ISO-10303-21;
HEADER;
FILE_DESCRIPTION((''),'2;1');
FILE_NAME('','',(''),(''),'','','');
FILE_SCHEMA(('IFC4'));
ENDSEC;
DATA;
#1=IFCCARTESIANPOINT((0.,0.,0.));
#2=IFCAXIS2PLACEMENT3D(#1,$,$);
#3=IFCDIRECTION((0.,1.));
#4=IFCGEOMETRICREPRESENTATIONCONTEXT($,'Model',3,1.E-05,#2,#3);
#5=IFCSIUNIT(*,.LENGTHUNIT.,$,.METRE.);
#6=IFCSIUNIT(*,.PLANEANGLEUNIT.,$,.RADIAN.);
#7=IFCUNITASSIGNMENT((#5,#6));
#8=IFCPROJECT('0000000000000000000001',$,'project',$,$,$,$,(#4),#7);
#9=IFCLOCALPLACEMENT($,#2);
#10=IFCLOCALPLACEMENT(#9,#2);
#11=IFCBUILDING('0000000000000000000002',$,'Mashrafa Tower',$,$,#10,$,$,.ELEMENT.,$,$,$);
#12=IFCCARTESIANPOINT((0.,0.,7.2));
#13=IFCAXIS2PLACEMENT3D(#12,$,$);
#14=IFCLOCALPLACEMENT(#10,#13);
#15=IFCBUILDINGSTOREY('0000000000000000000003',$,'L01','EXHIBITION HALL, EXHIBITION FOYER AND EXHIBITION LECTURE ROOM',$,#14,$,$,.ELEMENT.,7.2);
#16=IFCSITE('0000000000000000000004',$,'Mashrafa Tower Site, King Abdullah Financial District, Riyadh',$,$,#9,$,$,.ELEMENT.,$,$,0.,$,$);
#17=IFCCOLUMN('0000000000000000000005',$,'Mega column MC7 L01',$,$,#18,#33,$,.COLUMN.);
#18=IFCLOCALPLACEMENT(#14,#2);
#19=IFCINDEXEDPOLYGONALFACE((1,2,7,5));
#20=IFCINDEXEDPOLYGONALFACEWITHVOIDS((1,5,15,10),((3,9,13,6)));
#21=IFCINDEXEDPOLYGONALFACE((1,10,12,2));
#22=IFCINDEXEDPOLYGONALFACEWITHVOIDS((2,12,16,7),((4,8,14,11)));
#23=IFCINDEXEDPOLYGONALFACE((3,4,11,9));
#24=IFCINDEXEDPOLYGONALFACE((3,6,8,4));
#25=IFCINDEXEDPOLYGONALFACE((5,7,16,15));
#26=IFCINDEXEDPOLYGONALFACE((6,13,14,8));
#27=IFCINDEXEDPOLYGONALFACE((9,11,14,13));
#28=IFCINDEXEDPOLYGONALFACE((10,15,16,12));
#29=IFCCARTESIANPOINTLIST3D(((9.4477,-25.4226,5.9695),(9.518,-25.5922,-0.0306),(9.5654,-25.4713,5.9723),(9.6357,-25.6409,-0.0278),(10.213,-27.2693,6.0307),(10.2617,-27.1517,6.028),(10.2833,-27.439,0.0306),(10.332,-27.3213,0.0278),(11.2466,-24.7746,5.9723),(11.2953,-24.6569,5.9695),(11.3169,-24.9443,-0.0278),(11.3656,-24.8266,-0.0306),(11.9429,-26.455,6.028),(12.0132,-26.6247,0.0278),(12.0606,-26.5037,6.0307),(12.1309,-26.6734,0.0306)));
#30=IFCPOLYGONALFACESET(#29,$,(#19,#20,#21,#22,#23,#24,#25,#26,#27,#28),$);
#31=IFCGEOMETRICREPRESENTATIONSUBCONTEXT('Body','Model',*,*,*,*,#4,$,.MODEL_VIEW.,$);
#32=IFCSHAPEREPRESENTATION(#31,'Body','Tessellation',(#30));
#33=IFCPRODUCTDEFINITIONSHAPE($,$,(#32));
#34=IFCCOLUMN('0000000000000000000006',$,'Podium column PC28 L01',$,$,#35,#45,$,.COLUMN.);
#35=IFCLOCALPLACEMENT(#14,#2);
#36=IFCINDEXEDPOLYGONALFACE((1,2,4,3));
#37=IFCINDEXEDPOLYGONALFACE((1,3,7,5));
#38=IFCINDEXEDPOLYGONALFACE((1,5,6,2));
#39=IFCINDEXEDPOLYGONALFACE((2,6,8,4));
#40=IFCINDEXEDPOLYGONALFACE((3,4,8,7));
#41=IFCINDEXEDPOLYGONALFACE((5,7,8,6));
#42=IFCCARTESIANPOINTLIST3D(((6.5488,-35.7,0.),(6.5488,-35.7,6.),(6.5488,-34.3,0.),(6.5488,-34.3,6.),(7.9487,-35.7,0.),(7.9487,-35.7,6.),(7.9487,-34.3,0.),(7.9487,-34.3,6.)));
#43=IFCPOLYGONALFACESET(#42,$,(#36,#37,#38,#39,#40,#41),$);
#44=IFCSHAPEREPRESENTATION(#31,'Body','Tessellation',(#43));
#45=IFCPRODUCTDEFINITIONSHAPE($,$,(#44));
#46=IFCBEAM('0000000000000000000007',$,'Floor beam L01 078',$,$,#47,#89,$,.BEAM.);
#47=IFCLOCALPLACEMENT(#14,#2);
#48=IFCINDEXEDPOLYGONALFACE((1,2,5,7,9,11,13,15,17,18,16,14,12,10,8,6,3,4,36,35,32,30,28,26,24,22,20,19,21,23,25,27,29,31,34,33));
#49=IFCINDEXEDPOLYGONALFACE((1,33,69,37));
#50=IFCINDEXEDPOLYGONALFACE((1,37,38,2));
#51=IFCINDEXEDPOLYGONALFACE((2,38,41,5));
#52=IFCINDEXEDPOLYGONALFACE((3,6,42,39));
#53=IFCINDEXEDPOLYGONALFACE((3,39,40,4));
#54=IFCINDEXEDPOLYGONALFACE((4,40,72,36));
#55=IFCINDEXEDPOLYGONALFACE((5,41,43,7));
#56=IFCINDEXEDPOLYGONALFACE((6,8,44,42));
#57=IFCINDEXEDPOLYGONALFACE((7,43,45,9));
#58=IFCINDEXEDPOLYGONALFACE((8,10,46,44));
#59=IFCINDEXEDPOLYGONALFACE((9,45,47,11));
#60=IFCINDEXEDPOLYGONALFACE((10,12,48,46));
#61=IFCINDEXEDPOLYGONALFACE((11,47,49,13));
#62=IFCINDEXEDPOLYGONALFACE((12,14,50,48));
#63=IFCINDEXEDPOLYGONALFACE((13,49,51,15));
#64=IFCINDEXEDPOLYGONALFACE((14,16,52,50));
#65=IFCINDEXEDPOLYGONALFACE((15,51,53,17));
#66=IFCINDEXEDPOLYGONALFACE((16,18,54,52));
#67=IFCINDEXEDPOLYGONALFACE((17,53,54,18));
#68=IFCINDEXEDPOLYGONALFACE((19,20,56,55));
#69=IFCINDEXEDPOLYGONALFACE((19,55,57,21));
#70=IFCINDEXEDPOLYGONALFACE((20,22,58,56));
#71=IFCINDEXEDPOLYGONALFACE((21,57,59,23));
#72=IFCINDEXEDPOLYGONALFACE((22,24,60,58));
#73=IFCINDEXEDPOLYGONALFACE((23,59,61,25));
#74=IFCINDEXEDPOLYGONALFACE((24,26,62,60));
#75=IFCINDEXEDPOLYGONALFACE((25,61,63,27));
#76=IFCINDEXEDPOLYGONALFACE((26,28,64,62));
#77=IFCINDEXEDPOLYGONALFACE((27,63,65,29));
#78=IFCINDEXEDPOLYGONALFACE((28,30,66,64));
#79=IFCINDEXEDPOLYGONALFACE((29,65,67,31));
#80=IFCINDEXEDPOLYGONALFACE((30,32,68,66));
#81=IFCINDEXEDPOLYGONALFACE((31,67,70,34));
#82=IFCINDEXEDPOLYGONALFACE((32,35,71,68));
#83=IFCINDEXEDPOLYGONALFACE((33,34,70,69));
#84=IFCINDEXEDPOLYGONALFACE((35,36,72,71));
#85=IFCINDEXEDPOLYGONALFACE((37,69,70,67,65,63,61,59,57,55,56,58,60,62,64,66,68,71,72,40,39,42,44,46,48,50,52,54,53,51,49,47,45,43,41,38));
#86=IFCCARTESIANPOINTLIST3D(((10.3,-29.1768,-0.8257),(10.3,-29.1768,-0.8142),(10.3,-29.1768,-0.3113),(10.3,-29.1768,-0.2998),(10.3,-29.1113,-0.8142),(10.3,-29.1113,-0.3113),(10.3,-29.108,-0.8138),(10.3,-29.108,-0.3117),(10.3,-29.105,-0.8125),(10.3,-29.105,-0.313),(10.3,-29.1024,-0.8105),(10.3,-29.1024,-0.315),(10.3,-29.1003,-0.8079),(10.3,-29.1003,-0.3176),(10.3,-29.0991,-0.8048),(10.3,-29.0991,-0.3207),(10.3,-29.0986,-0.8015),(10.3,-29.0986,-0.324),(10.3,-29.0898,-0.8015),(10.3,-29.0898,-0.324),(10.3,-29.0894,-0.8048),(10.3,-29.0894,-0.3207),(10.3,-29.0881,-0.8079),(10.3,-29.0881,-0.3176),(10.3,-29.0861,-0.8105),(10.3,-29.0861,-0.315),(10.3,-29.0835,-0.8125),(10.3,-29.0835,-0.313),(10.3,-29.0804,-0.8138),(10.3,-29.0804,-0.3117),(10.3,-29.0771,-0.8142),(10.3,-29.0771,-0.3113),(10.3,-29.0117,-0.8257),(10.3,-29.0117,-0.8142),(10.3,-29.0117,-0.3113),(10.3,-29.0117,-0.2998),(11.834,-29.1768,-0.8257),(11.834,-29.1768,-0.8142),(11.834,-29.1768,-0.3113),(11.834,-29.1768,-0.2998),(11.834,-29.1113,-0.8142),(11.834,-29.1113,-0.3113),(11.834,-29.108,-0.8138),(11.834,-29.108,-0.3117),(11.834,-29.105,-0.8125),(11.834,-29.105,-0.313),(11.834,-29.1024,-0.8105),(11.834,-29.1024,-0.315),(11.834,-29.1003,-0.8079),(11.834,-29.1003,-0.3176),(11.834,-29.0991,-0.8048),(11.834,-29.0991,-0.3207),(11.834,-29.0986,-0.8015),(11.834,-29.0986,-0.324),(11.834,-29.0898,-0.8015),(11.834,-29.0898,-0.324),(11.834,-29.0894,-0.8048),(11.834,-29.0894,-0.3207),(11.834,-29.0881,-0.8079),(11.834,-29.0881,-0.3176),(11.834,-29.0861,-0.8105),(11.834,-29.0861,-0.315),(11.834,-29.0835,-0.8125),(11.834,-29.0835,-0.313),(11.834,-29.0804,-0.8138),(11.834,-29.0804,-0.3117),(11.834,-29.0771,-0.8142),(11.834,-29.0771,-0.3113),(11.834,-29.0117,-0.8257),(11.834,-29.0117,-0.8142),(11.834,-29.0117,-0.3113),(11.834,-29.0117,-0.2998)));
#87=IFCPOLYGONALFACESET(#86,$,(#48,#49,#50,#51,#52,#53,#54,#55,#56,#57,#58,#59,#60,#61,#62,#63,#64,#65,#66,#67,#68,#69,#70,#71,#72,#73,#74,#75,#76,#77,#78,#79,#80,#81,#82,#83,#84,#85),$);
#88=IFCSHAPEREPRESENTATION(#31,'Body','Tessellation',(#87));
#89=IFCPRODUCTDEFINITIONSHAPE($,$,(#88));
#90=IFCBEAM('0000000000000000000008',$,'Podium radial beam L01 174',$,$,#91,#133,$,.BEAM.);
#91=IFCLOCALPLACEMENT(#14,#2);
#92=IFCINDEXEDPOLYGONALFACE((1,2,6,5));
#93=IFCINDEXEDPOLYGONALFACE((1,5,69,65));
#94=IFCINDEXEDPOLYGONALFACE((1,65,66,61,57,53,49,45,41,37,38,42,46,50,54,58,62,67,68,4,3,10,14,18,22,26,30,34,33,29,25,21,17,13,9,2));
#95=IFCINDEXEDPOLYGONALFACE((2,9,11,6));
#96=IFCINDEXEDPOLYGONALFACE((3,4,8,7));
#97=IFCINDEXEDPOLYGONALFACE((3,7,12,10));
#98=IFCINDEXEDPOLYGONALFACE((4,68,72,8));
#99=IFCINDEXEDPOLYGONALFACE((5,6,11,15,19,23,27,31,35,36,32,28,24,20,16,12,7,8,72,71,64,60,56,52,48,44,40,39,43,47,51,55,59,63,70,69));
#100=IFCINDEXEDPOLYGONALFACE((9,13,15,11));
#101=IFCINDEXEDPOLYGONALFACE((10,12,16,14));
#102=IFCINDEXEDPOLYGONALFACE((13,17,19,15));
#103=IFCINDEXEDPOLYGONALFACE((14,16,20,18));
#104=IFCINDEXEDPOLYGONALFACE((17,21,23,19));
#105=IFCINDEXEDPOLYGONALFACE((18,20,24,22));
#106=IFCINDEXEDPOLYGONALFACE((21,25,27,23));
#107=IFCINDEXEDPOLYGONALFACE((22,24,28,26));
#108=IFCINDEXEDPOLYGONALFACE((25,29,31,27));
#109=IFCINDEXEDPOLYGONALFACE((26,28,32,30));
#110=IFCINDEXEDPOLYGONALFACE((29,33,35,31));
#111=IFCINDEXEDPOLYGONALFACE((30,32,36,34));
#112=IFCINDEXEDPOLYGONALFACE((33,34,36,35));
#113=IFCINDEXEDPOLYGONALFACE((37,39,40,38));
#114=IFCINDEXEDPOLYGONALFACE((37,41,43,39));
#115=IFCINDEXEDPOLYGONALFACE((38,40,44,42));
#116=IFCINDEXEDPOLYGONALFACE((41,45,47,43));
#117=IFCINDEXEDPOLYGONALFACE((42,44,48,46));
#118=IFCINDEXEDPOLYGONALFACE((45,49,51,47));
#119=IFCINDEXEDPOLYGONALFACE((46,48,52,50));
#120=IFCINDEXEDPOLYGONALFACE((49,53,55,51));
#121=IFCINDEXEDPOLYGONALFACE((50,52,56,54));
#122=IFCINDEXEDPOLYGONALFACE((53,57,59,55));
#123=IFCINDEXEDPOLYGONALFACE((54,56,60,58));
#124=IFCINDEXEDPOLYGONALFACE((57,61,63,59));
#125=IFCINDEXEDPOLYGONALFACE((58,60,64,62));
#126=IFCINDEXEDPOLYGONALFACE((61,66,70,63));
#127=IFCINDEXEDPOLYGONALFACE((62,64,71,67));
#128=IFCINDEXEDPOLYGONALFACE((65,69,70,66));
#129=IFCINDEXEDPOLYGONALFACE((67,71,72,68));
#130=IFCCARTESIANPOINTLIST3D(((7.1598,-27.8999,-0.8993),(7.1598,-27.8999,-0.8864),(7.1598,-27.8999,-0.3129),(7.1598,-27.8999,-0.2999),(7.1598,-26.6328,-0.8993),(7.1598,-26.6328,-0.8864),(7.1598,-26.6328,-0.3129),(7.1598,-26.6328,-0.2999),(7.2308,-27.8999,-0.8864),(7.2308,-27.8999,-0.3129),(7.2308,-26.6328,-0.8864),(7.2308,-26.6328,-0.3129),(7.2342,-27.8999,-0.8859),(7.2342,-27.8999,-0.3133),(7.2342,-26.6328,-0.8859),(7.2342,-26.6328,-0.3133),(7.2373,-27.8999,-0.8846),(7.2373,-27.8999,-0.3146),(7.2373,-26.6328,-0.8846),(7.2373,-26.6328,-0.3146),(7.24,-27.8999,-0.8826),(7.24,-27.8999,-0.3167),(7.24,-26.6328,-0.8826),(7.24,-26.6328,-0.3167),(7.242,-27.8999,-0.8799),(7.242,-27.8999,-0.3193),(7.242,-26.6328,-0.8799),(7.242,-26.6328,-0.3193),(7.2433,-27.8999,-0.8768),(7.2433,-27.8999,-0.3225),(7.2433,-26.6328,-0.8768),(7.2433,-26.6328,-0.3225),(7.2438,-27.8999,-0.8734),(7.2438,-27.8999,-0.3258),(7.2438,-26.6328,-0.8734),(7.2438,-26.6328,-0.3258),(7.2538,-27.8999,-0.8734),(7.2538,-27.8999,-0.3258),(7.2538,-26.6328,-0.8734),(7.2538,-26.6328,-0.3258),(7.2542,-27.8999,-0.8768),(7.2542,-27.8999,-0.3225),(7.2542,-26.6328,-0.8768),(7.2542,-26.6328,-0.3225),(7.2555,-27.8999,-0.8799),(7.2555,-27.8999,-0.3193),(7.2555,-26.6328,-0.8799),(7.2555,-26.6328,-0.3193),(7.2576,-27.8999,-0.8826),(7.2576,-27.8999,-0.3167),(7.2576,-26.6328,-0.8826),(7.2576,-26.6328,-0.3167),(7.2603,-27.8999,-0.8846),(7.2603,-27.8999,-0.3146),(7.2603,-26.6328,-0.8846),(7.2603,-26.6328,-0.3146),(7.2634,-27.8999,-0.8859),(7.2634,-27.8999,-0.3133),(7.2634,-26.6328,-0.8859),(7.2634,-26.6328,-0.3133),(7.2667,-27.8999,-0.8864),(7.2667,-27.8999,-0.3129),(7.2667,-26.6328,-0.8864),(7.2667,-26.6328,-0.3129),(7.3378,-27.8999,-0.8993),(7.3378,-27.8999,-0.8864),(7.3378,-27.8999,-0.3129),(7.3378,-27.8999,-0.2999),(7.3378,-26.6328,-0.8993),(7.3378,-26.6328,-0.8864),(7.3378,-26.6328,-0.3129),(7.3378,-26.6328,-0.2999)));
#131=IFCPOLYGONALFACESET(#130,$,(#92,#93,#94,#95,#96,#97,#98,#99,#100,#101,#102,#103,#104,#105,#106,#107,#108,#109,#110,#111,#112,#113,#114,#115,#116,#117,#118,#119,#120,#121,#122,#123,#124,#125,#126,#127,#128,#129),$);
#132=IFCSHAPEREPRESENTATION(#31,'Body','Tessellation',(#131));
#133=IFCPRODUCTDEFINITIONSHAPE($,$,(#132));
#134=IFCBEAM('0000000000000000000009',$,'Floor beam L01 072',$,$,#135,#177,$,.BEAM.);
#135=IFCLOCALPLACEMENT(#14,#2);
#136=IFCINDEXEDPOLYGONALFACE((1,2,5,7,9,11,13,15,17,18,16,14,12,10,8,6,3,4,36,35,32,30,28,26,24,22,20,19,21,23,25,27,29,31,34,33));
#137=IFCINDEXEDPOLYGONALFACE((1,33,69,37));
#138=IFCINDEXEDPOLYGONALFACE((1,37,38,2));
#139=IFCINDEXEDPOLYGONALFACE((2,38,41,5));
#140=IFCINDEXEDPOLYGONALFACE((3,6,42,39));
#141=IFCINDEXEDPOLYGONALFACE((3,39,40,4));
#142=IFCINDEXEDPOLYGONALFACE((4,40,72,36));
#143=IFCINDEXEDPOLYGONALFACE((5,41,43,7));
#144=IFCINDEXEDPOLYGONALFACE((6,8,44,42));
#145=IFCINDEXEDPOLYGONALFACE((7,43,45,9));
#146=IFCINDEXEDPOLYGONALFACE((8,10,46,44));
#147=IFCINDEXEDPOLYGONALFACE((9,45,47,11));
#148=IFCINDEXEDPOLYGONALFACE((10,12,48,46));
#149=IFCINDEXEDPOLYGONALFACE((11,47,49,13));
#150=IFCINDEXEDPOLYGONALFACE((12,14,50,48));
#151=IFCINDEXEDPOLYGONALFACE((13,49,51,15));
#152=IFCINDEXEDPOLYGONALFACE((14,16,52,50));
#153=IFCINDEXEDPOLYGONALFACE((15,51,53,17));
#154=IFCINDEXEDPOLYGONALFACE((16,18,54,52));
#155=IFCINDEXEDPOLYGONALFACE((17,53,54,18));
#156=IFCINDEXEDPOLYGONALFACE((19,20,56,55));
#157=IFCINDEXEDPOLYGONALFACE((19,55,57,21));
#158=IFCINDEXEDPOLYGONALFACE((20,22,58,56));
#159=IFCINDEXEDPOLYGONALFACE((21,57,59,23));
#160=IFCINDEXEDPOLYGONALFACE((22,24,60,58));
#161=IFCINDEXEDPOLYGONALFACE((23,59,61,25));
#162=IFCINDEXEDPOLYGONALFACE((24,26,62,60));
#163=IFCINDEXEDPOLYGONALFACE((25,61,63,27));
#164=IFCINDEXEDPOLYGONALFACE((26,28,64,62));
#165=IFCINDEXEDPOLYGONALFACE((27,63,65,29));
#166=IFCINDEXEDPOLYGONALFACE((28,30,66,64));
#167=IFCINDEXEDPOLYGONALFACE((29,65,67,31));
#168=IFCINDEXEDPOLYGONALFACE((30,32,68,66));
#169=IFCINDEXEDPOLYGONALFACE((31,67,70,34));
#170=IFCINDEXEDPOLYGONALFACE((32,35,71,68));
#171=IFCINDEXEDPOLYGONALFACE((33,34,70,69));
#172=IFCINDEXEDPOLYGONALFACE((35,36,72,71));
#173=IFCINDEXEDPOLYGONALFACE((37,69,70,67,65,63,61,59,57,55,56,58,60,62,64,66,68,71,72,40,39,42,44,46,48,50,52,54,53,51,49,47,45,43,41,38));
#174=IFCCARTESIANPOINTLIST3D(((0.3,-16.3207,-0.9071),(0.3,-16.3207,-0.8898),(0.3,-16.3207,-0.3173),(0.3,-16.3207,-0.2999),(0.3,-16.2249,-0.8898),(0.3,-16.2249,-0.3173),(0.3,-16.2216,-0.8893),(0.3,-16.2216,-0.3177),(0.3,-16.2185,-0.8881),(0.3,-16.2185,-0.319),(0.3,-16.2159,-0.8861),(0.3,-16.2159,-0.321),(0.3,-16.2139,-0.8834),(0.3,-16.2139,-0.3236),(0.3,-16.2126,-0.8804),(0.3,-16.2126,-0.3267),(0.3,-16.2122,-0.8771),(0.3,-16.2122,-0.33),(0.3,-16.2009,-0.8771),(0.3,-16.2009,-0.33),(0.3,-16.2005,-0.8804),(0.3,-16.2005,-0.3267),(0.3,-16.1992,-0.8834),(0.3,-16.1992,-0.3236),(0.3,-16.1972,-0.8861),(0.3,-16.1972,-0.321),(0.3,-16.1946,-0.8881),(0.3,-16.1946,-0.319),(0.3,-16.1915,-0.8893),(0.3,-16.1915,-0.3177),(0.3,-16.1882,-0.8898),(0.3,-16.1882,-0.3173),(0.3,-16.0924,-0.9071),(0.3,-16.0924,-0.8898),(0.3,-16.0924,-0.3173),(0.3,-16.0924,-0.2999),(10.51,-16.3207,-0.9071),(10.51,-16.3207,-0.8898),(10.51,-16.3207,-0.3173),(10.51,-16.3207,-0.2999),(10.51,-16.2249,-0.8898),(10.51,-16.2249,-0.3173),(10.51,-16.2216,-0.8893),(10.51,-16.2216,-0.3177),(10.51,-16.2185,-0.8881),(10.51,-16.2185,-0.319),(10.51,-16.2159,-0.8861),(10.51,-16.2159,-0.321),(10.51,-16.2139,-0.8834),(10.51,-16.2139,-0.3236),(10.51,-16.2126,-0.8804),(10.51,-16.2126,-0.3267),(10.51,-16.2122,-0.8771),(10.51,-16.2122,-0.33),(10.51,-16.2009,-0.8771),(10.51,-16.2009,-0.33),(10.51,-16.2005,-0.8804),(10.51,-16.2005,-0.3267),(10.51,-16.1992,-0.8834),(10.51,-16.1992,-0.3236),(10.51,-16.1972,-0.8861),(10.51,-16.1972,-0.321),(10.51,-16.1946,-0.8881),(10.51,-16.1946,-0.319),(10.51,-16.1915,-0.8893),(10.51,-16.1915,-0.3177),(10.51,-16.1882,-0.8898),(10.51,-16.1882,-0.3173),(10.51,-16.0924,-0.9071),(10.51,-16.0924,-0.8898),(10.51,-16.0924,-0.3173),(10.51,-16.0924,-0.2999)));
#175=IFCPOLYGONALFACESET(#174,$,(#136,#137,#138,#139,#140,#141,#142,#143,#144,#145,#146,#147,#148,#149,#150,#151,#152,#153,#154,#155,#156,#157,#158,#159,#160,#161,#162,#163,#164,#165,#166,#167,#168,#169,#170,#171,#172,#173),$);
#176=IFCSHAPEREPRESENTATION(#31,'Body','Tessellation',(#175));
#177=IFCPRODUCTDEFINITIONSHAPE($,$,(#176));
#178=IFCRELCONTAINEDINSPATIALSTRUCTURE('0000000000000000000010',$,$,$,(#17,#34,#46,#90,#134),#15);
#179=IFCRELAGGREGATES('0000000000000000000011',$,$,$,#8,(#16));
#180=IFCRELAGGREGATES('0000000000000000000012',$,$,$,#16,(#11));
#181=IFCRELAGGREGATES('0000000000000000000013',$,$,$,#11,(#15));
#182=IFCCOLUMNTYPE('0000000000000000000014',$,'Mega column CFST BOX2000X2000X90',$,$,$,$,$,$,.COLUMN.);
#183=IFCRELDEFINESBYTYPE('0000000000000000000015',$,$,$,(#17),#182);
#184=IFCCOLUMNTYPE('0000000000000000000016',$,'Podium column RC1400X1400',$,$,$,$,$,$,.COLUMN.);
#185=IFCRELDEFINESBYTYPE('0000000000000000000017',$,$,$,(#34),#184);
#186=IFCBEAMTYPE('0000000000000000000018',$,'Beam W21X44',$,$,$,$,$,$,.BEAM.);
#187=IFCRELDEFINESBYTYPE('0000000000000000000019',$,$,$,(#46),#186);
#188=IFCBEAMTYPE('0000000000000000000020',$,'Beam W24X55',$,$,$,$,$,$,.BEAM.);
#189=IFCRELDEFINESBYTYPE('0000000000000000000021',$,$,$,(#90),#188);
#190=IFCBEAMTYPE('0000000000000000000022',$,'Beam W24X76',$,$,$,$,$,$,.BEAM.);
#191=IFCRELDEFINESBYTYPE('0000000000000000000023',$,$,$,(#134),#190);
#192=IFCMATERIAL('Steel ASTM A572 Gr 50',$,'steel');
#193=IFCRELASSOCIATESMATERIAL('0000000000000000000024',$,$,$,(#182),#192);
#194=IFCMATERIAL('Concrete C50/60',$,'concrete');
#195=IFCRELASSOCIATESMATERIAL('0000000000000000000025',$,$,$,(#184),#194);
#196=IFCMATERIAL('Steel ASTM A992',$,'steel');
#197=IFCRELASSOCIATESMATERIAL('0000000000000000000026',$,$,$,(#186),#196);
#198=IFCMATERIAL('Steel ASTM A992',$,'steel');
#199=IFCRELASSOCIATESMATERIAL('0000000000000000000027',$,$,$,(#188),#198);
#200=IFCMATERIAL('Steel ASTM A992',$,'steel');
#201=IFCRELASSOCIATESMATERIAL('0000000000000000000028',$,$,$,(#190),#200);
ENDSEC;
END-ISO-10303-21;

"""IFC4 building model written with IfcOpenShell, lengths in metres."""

from ifc_helpers import new_model, si_unit, direction, frame, origin, origin_2d, place, context, subcontext, project, spatial, rectangle, hollow_rectangle, i_section, extrude, material, material_profile, profile_set, type_object, element, save


model = new_model("IFC4")

# Units and contexts
model_context = context("Model", 3, precision=1e-05, world=origin(), true_north=direction((0.0, 1.0)))
body_context = subcontext(model_context, "Body", "Model", "MODEL_VIEW")
ifc_project = project(units=[si_unit("LENGTHUNIT", "METRE"), si_unit("PLANEANGLEUNIT", "RADIAN")], contexts=[model_context])

# Site, building, storey
site_placement = place(None, origin())
site = spatial("IfcSite", under=ifc_project, at=site_placement, Name="Mashrafa Tower Site, King Abdullah Financial District, Riyadh", CompositionType="ELEMENT", RefElevation=0.0)
building_placement = place(site_placement, origin())
building = spatial("IfcBuilding", under=site, at=building_placement, Name="Mashrafa Tower", CompositionType="ELEMENT")
storey_placement = place(building_placement, frame((0.0, 0.0, 7.2)))
storey = spatial("IfcBuildingStorey", under=building, at=storey_placement, Name="L01", Description="EXHIBITION HALL, EXHIBITION FOYER AND EXHIBITION LECTURE ROOM", CompositionType="ELEMENT", Elevation=7.2)

# Columns
ifc_material_1 = material(Name="Steel ASTM A572 Gr 50", Category="steel")
ifc_material_profile_1 = material_profile(ifc_material_1, hollow_rectangle(XDim=2.0, YDim=2.0, WallThickness=0.0901, at=origin_2d()), Name="BOX2000X2000X90")
ifc_profile_set_1 = profile_set([ifc_material_profile_1], Name="Steel ASTM A572 Gr 50")
column_type_1 = type_object("IfcColumnType", Name="Mega column CFST BOX2000X2000X90", PredefinedType="COLUMN", material=ifc_profile_set_1)
column_1_placement = place(storey_placement, frame((10.8245, -26.1328, 0.0), z_axis=(-0.011713, 0.028266, 0.999532), x_axis=(-0.923822, -0.382821, 0.0)))
element("IfcColumn", 1, at=column_1_placement, inside=storey, type_object=column_type_1, Name="Mega column MC7 L01", PredefinedType="COLUMN", context=body_context, shape_type="SweptSolid", body=[
    extrude(hollow_rectangle(XDim=2.0, YDim=2.0, WallThickness=0.0901, at=origin_2d()), origin(), (0.0, 0.0, 1.0), 6.0029),
])
ifc_material_2 = material(Name="Concrete C50/60", Category="concrete")
ifc_material_profile_2 = material_profile(ifc_material_2, rectangle(XDim=1.3999, YDim=1.3999, at=origin_2d()), Name="RC1400X1400")
ifc_profile_set_2 = profile_set([ifc_material_profile_2], Name="Concrete C50/60")
column_type_2 = type_object("IfcColumnType", Name="Podium column RC1400X1400", PredefinedType="COLUMN", material=ifc_profile_set_2)
column_2_placement = place(storey_placement, frame((7.2488, -35.0, 0.0), z_axis=(0.0, 0.0, 1.0), x_axis=(1.0, 0.0, 0.0)))
element("IfcColumn", 2, at=column_2_placement, inside=storey, type_object=column_type_2, Name="Podium column PC28 L01", PredefinedType="COLUMN", context=body_context, shape_type="SweptSolid", body=[
    extrude(rectangle(XDim=1.3999, YDim=1.3999, at=origin_2d()), origin(), (0.0, 0.0, 1.0), 6.0),
])

# Beams
ifc_material_3 = material(Name="Steel ASTM A992", Category="steel")
ifc_material_profile_3 = material_profile(ifc_material_3, i_section(OverallWidth=0.165, OverallDepth=0.5259, WebThickness=0.0088, FlangeThickness=0.0115, FilletRadius=0.0127, at=origin_2d()), Name="W21X44")
ifc_profile_set_3 = profile_set([ifc_material_profile_3], Name="Steel ASTM A992")
beam_type_1 = type_object("IfcBeamType", Name="Beam W21X44", PredefinedType="BEAM", material=ifc_profile_set_3)
beam_1_placement = place(storey_placement, frame((11.834, -29.0942, -0.5627), z_axis=(-1.0, 0.0, 0.0), x_axis=(0.0, -1.0, 0.0)))
element("IfcBeam", 3, at=beam_1_placement, inside=storey, type_object=beam_type_1, Name="Floor beam L01 078", PredefinedType="BEAM", context=body_context, shape_type="SweptSolid", body=[
    extrude(i_section(OverallWidth=0.165, OverallDepth=0.5259, WebThickness=0.0088, FlangeThickness=0.0115, FilletRadius=0.0127, at=origin_2d()), origin(), (0.0, 0.0, 1.0), 1.5339),
])
ifc_material_4 = material(Name="Steel ASTM A992", Category="steel")
ifc_material_profile_4 = material_profile(ifc_material_4, i_section(OverallWidth=0.178, OverallDepth=0.5994, WebThickness=0.01, FlangeThickness=0.0129, FilletRadius=0.0129, at=origin_2d()), Name="W24X55")
ifc_profile_set_4 = profile_set([ifc_material_profile_4], Name="Steel ASTM A992")
beam_type_2 = type_object("IfcBeamType", Name="Beam W24X55", PredefinedType="BEAM", material=ifc_profile_set_4)
beam_2_placement = place(storey_placement, frame((7.2488, -26.6328, -0.5996), z_axis=(0.0, -1.0, 0.0), x_axis=(1.0, 0.0, 0.0)))
element("IfcBeam", 4, at=beam_2_placement, inside=storey, type_object=beam_type_2, Name="Podium radial beam L01 174", PredefinedType="BEAM", context=body_context, shape_type="SweptSolid", body=[
    extrude(i_section(OverallWidth=0.178, OverallDepth=0.5994, WebThickness=0.01, FlangeThickness=0.0129, FilletRadius=0.0129, at=origin_2d()), origin(), (0.0, 0.0, 1.0), 1.2671),
])
ifc_material_5 = material(Name="Steel ASTM A992", Category="steel")
ifc_material_profile_5 = material_profile(ifc_material_5, i_section(OverallWidth=0.2283, OverallDepth=0.6072, WebThickness=0.0112, FlangeThickness=0.0173, FilletRadius=0.0127, at=origin_2d()), Name="W24X76")
ifc_profile_set_5 = profile_set([ifc_material_profile_5], Name="Steel ASTM A992")
beam_type_3 = type_object("IfcBeamType", Name="Beam W24X76", PredefinedType="BEAM", material=ifc_profile_set_5)
beam_3_placement = place(storey_placement, frame((10.51, -16.2065, -0.6035), z_axis=(-1.0, 0.0, 0.0), x_axis=(0.0, -1.0, 0.0)))
element("IfcBeam", 5, at=beam_3_placement, inside=storey, type_object=beam_type_3, Name="Floor beam L01 072", PredefinedType="BEAM", context=body_context, shape_type="SweptSolid", body=[
    extrude(i_section(OverallWidth=0.2283, OverallDepth=0.6072, WebThickness=0.0112, FlangeThickness=0.0173, FilletRadius=0.0127, at=origin_2d()), origin(), (0.0, 0.0, 1.0), 10.21),
])

save(model, "model.ifc")
